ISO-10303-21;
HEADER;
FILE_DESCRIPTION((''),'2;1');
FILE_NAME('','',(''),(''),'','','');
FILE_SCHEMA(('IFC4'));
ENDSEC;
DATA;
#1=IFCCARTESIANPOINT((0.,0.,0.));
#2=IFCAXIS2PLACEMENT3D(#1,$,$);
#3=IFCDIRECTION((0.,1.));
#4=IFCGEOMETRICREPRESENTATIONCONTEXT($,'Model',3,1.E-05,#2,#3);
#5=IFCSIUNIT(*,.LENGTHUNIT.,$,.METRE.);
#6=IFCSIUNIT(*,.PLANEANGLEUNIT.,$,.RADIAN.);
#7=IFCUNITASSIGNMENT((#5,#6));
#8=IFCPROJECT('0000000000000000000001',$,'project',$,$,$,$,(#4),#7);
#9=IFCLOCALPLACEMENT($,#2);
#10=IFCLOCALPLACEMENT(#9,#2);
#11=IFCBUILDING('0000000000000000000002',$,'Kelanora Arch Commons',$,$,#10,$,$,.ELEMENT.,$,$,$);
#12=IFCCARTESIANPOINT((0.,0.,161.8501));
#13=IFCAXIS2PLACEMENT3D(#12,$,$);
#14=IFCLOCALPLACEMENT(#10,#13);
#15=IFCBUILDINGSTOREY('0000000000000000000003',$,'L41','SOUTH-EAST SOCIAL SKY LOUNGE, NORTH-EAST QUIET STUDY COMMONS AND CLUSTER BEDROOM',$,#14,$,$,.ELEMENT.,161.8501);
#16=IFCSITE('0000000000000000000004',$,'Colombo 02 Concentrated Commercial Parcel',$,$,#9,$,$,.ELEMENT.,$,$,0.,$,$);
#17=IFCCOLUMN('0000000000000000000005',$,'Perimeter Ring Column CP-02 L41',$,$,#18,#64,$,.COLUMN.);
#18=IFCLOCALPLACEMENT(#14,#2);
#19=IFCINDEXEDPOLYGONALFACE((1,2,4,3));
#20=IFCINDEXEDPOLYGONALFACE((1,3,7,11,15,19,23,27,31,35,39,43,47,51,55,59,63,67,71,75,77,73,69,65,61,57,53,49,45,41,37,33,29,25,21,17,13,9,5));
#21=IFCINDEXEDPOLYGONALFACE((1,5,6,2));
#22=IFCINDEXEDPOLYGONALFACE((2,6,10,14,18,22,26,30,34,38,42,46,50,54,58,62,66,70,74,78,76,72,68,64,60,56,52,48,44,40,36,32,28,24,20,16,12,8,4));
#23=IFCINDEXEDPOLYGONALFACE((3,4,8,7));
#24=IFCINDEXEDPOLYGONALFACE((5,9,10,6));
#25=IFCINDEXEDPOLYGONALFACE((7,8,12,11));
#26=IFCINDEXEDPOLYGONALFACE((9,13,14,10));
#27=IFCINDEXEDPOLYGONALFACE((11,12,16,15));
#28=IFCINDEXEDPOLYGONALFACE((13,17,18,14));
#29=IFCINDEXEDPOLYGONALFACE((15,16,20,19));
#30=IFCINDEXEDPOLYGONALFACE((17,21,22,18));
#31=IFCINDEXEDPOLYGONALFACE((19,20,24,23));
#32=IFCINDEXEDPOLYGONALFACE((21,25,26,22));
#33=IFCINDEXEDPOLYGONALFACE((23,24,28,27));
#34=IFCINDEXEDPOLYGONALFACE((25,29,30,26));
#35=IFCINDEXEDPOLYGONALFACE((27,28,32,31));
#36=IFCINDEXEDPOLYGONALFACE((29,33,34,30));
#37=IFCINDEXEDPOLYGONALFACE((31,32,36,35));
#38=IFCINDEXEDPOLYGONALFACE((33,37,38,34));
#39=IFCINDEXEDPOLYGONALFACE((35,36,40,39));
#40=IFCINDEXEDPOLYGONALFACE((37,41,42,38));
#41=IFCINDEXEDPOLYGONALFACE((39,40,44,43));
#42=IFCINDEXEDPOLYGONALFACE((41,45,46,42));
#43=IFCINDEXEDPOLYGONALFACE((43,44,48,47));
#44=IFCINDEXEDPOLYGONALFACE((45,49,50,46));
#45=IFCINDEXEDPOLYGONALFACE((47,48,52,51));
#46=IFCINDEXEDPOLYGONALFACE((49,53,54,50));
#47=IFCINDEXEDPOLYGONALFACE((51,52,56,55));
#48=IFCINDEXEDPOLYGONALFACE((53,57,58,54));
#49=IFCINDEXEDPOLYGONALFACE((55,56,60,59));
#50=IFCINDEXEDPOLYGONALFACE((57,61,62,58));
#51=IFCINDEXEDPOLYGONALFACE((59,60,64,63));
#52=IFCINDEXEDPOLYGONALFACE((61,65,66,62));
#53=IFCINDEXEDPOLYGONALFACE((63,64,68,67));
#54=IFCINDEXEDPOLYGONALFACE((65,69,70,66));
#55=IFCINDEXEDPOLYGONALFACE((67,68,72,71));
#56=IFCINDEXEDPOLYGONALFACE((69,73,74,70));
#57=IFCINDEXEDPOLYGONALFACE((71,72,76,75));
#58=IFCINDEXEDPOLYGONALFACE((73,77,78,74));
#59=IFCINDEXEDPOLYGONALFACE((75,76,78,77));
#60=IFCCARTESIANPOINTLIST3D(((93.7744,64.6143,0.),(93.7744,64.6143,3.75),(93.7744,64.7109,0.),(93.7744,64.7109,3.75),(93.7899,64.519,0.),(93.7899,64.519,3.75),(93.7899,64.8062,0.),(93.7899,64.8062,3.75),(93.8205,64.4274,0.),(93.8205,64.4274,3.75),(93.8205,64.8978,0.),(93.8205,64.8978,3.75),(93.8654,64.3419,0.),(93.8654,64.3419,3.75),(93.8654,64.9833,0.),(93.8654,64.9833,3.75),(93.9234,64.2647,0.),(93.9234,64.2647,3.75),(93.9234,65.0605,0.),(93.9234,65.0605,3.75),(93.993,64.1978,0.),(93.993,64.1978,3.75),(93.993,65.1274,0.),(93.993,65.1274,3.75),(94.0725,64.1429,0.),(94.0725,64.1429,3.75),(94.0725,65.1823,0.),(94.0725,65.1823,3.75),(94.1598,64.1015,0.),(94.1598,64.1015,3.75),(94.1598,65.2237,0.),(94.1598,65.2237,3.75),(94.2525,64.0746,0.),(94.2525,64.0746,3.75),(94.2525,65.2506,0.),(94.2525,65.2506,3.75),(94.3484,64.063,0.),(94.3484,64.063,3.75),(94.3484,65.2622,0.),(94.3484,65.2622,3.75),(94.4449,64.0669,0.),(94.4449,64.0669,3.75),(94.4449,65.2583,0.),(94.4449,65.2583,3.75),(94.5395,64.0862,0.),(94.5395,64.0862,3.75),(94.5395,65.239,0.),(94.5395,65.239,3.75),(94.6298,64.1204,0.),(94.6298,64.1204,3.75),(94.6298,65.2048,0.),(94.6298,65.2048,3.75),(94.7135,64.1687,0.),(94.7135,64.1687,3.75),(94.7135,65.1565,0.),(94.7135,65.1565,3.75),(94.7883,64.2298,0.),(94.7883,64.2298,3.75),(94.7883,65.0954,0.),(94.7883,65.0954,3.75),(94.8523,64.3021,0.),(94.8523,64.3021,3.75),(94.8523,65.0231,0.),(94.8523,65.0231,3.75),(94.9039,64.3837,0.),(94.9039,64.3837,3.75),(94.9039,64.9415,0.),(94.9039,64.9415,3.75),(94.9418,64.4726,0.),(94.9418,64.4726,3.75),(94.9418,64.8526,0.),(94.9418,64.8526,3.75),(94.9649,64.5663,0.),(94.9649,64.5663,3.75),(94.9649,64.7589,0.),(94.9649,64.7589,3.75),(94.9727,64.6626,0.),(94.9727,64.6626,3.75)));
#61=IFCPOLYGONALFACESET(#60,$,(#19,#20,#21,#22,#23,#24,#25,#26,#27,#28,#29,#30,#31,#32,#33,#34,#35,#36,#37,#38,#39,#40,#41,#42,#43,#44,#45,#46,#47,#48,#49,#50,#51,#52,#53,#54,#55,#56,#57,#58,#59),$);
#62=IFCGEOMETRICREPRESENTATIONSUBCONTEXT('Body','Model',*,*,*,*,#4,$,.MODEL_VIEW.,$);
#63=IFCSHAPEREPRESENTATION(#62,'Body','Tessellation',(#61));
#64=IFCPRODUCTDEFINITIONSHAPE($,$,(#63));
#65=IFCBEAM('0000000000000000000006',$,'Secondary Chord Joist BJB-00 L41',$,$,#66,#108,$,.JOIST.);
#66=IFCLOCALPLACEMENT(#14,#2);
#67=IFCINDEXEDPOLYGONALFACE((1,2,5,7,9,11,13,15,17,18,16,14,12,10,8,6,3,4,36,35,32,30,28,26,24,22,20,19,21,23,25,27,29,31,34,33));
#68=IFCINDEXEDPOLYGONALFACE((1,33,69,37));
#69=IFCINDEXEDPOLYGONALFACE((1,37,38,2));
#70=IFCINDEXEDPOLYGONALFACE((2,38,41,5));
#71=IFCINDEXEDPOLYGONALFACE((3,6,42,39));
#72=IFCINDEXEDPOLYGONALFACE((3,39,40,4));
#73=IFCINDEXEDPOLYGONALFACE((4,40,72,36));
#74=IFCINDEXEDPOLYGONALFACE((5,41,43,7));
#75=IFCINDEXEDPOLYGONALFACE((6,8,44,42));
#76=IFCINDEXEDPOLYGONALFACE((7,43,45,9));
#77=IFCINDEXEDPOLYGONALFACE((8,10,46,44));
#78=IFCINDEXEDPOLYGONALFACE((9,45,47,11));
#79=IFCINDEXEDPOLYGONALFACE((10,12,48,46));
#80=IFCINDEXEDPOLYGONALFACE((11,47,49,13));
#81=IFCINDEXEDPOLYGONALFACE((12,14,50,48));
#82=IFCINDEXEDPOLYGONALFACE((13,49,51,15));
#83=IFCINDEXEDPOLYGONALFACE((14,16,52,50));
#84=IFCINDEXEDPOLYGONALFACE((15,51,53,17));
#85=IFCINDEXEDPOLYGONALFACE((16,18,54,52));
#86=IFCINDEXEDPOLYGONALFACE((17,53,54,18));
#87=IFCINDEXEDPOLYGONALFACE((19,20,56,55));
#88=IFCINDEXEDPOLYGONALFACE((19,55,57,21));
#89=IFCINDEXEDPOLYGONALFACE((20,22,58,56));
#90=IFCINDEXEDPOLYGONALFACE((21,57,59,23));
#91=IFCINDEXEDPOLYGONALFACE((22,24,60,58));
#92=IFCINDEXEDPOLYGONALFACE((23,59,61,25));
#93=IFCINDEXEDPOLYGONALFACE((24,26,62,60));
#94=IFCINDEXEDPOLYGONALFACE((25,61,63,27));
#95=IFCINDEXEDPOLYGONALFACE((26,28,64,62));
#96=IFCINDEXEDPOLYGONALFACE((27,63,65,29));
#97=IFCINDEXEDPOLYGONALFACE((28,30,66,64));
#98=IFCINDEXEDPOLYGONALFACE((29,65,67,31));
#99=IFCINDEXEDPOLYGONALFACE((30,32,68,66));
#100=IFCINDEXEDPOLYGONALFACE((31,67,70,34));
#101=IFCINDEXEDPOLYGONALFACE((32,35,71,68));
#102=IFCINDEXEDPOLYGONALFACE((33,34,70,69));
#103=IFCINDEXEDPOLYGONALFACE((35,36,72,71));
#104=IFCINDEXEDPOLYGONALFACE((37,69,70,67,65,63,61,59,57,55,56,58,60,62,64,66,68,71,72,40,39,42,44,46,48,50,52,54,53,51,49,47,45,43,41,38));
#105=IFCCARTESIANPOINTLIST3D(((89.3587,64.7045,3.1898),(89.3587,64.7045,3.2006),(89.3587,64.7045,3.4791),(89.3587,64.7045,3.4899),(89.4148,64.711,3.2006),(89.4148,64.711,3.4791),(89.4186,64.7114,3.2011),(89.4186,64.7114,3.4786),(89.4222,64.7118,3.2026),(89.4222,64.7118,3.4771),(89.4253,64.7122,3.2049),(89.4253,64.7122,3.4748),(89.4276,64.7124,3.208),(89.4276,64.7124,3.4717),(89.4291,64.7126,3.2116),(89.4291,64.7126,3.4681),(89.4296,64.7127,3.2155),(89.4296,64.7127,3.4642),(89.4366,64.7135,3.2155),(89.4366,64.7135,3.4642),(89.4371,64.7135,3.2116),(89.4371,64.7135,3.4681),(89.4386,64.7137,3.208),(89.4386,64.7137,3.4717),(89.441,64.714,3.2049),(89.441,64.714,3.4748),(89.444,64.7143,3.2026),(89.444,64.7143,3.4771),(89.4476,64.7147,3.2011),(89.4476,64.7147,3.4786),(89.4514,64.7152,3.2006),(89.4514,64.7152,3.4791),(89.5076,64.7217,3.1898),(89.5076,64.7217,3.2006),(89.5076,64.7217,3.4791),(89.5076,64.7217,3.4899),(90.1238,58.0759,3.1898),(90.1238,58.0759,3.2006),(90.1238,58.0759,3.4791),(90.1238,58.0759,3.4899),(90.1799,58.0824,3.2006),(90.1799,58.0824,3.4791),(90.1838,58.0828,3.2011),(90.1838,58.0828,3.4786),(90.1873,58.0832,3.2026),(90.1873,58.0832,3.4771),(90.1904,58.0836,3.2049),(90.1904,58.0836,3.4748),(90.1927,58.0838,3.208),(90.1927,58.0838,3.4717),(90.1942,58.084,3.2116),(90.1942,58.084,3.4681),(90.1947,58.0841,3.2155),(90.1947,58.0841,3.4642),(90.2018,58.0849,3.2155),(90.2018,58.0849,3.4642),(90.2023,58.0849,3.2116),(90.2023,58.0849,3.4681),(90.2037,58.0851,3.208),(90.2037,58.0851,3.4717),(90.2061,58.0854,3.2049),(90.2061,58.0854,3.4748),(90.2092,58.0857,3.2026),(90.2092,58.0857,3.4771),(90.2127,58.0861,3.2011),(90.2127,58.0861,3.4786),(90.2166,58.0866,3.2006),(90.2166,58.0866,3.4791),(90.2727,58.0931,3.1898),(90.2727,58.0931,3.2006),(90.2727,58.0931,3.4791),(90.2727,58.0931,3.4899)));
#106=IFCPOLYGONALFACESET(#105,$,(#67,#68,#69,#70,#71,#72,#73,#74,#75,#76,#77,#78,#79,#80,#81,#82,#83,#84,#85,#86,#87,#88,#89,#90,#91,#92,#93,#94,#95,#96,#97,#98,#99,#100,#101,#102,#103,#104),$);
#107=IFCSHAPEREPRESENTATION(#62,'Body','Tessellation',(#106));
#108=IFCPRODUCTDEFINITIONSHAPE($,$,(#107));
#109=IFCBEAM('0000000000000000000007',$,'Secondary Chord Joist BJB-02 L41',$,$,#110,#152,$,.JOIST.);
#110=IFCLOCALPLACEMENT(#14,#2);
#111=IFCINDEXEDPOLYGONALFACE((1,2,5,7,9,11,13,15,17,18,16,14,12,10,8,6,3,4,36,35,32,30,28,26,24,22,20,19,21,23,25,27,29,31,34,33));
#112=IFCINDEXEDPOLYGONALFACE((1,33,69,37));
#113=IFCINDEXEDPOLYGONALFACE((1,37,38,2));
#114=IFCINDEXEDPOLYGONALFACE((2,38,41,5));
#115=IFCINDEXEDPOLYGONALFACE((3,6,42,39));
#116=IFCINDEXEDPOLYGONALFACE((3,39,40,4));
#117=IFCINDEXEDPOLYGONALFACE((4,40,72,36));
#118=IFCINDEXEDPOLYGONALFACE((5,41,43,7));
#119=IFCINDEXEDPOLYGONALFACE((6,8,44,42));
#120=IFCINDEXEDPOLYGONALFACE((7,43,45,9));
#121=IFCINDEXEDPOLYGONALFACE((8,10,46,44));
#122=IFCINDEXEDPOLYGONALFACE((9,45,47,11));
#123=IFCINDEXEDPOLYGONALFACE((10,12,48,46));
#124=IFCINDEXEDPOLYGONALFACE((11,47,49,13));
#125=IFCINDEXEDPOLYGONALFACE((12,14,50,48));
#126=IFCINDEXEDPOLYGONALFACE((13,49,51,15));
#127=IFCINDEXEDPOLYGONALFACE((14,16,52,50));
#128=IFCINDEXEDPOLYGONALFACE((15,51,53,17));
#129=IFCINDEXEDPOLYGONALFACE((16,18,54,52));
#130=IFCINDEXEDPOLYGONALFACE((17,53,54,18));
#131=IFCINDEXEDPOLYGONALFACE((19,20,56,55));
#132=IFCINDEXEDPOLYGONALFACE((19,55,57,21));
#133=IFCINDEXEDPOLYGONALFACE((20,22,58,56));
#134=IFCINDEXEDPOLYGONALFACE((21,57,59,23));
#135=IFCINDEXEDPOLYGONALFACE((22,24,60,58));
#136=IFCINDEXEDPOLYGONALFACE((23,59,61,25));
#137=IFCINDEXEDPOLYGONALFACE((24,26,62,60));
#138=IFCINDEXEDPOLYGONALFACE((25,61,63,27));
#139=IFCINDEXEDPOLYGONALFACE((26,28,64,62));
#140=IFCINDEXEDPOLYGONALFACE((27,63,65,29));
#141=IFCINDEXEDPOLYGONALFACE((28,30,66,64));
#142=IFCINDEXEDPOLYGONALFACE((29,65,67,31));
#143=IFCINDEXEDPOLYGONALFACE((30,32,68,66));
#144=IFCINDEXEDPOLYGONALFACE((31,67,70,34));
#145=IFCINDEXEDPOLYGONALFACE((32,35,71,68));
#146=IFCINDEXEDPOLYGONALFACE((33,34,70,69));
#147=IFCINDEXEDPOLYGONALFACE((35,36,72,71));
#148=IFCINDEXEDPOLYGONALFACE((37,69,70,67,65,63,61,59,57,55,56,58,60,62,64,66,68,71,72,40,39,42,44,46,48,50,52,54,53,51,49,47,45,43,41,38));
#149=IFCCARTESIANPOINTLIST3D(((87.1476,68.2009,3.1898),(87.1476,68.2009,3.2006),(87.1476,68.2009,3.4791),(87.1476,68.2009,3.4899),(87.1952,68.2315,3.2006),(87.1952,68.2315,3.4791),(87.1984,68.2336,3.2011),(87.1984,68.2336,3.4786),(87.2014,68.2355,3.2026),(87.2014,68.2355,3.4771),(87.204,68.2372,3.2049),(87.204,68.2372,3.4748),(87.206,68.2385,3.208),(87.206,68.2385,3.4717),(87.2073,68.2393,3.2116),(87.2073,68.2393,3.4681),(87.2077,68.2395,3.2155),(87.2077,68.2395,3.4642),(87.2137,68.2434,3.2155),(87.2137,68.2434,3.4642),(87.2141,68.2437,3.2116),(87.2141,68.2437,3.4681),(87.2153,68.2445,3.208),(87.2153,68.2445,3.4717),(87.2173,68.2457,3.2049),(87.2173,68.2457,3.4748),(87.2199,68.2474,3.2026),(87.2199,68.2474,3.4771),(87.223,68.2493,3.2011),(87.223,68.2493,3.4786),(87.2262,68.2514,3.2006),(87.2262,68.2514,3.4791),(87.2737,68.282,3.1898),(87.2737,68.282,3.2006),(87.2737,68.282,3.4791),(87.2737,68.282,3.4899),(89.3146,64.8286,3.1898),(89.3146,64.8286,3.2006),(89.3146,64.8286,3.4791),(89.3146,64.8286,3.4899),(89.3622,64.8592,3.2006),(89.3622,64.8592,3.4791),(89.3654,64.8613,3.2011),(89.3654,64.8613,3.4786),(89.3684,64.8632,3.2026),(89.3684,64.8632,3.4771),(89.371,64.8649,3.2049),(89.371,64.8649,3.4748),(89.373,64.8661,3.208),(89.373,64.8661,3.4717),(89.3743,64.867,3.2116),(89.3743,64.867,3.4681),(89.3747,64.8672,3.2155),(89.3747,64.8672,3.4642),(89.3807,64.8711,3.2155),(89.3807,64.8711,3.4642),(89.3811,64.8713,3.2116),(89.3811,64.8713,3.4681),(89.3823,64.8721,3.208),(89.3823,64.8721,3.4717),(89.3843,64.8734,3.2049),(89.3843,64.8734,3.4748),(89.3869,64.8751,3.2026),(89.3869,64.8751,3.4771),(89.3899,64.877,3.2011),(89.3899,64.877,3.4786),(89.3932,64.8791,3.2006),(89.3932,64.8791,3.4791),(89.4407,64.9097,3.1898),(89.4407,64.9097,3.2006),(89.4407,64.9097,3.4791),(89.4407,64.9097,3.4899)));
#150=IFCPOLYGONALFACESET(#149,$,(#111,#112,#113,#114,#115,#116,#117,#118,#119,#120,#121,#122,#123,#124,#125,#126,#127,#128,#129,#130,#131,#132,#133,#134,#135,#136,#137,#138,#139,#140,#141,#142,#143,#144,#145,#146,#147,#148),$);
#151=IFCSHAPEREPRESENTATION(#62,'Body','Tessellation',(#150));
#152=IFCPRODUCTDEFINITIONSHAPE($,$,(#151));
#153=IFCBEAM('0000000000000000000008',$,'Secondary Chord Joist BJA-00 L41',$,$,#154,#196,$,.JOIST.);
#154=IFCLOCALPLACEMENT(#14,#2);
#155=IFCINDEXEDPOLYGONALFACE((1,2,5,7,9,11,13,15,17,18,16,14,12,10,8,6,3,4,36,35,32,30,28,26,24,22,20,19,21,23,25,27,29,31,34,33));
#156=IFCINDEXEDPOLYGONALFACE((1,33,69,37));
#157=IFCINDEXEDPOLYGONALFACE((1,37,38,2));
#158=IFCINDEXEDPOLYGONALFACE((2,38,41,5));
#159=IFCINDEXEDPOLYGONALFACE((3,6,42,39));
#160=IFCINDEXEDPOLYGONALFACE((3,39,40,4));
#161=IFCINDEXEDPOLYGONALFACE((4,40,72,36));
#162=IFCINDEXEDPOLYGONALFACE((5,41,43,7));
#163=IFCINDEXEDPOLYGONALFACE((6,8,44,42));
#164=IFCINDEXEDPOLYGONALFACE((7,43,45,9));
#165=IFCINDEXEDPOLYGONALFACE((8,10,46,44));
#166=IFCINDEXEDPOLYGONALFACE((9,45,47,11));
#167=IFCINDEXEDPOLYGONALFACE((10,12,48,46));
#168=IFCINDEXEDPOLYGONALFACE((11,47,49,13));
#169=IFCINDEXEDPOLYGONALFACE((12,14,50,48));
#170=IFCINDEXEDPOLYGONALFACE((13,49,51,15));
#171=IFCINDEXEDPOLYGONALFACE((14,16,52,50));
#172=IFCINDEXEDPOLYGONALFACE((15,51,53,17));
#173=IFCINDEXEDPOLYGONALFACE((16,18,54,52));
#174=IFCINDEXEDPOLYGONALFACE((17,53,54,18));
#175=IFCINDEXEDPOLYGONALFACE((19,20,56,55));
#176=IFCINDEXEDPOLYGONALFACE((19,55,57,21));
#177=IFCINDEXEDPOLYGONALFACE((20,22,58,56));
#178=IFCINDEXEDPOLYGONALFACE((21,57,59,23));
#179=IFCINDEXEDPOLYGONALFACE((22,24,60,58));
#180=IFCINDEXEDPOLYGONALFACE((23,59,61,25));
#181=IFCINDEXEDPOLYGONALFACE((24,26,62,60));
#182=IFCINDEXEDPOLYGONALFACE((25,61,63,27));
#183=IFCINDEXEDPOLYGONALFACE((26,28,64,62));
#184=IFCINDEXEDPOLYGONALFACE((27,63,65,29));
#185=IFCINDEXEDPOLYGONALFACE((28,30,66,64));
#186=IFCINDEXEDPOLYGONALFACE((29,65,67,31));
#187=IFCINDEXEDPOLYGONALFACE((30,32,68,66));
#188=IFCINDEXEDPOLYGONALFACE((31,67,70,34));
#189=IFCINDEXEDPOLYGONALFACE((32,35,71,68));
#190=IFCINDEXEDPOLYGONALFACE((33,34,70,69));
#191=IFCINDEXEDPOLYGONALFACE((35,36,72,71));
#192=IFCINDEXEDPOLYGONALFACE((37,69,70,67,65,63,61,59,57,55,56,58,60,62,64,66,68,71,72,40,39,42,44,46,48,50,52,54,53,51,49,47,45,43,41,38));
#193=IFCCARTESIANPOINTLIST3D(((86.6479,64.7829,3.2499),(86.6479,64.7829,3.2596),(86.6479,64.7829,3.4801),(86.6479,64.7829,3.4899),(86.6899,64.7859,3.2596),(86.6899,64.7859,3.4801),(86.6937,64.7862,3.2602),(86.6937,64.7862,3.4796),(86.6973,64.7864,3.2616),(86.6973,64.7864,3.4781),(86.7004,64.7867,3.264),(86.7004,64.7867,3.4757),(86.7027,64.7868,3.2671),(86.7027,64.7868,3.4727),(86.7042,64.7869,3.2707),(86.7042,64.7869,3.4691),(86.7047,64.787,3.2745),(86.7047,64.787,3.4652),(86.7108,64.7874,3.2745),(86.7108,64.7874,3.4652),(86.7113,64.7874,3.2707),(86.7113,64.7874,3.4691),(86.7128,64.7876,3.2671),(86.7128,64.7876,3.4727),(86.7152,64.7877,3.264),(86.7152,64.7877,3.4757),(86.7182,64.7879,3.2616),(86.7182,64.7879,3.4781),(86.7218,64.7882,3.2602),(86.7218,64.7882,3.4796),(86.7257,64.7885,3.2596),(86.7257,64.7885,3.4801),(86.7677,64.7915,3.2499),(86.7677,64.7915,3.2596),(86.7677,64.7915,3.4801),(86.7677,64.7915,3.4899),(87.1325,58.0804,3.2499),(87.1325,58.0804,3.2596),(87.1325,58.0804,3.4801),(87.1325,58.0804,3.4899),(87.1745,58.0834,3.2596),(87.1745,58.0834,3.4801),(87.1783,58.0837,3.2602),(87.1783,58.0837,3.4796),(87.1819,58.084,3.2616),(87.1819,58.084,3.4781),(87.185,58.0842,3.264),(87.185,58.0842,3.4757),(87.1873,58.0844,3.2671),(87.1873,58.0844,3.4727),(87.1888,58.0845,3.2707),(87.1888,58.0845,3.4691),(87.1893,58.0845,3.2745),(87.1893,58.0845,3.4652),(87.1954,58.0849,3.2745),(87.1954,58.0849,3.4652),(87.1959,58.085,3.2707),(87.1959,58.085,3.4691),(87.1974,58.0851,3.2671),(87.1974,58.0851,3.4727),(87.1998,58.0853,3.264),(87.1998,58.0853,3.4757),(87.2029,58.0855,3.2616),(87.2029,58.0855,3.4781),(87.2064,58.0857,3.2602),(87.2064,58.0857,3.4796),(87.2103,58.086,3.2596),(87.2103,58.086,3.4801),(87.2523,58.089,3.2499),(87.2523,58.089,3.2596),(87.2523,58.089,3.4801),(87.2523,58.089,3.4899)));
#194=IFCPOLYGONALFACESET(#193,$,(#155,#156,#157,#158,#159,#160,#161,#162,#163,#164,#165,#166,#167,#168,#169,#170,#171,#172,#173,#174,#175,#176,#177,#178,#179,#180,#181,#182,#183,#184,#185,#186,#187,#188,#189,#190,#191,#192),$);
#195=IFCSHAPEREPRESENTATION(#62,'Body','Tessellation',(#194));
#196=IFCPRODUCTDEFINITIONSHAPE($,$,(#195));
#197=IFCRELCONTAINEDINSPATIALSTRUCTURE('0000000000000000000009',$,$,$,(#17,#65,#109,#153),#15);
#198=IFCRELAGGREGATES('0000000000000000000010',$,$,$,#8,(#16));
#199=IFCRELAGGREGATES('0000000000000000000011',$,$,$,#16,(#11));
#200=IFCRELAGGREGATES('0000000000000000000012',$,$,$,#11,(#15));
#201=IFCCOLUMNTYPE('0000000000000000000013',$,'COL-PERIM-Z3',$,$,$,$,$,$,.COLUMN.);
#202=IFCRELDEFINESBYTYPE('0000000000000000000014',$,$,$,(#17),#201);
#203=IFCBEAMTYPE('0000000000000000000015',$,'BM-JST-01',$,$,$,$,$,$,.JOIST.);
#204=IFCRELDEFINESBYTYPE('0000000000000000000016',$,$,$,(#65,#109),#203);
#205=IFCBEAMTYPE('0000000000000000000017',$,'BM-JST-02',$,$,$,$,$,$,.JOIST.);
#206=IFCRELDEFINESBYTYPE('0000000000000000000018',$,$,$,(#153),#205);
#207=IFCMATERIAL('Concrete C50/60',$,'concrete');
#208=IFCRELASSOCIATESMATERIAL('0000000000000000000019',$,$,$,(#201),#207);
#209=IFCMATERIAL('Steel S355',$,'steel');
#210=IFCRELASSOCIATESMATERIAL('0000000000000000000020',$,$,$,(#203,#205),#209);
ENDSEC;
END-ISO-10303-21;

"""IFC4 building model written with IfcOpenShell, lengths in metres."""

from ifc_helpers import new_model, si_unit, direction, frame, origin, origin_2d, place, context, subcontext, project, spatial, circle, i_section, extrude, material, material_profile, profile_set, type_object, element, save


model = new_model("IFC4")

# Units and contexts
model_context = context("Model", 3, precision=1e-05, world=origin(), true_north=direction((0.0, 1.0)))
body_context = subcontext(model_context, "Body", "Model", "MODEL_VIEW")
ifc_project = project(units=[si_unit("LENGTHUNIT", "METRE"), si_unit("PLANEANGLEUNIT", "RADIAN")], contexts=[model_context])

# Site, building, storey
site_placement = place(None, origin())
site = spatial("IfcSite", under=ifc_project, at=site_placement, Name="Colombo 02 Concentrated Commercial Parcel", CompositionType="ELEMENT", RefElevation=0.0)
building_placement = place(site_placement, origin())
building = spatial("IfcBuilding", under=site, at=building_placement, Name="Kelanora Arch Commons", CompositionType="ELEMENT")
storey_placement = place(building_placement, frame((0.0, 0.0, 161.8501)))
storey = spatial("IfcBuildingStorey", under=building, at=storey_placement, Name="L41", Description="SOUTH-EAST SOCIAL SKY LOUNGE, NORTH-EAST QUIET STUDY COMMONS AND CLUSTER BEDROOM", CompositionType="ELEMENT", Elevation=161.8501)

# Column
ifc_material_1 = material(Name="Concrete C50/60", Category="concrete")
ifc_material_profile_1 = material_profile(ifc_material_1, circle(Radius=0.6001, at=origin_2d()), Name="RCC1200")
ifc_profile_set_1 = profile_set([ifc_material_profile_1], Name="Concrete C50/60")
column_type = type_object("IfcColumnType", Name="COL-PERIM-Z3", PredefinedType="COLUMN", material=ifc_profile_set_1)
column_placement = place(storey_placement, frame((94.3726, 64.6626, 0.0), z_axis=(0.0, 0.0, 1.0), x_axis=(1.0, 0.0, 0.0)))
element("IfcColumn", 1, at=column_placement, inside=storey, type_object=column_type, Name="Perimeter Ring Column CP-02 L41", PredefinedType="COLUMN", context=body_context, shape_type="SweptSolid", body=[
    extrude(circle(Radius=0.6001, at=origin_2d()), origin(), (0.0, 0.0, 1.0), 3.75),
])

# Beams
ifc_material_2 = material(Name="Steel S355", Category="steel")
ifc_material_profile_2 = material_profile(ifc_material_2, i_section(OverallWidth=0.1499, OverallDepth=0.3, WebThickness=0.0071, FlangeThickness=0.0107, FilletRadius=0.0149, at=origin_2d()), Name="IPE300")
ifc_profile_set_2 = profile_set([ifc_material_profile_2], Name="Steel S355")
beam_type_1 = type_object("IfcBeamType", Name="BM-JST-01", PredefinedType="JOIST", material=ifc_profile_set_2)
beam_1_placement = place(storey_placement, frame((90.1982, 58.0845, 3.3398), z_axis=(-0.114667, 0.993404, 0.0), x_axis=(-0.993404, -0.114667, 0.0)))
element("IfcBeam", 2, at=beam_1_placement, inside=storey, type_object=beam_type_1, Name="Secondary Chord Joist BJB-00 L41", PredefinedType="JOIST", context=body_context, shape_type="SweptSolid", body=[
    extrude(i_section(OverallWidth=0.1499, OverallDepth=0.3, WebThickness=0.0071, FlangeThickness=0.0107, FilletRadius=0.0149, at=origin_2d()), origin(), (0.0, 0.0, 1.0), 6.6726),
])
beam_2_placement = place(storey_placement, frame((89.3777, 64.8691, 3.3398), z_axis=(-0.540594, 0.841283, 0.0), x_axis=(-0.841283, -0.540594, 0.0)))
element("IfcBeam", 3, at=beam_2_placement, inside=storey, type_object=beam_type_1, Name="Secondary Chord Joist BJB-02 L41", PredefinedType="JOIST", context=body_context, shape_type="SweptSolid", body=[
    extrude(i_section(OverallWidth=0.1499, OverallDepth=0.3, WebThickness=0.0071, FlangeThickness=0.0107, FilletRadius=0.0149, at=origin_2d()), origin(), (0.0, 0.0, 1.0), 4.0085),
])
ifc_material_profile_3 = material_profile(ifc_material_2, i_section(OverallWidth=0.1201, OverallDepth=0.24, WebThickness=0.0061, FlangeThickness=0.0098, FilletRadius=0.0149, at=origin_2d()), Name="IPE240")
ifc_profile_set_3 = profile_set([ifc_material_profile_3], Name="Steel S355")
beam_type_2 = type_object("IfcBeamType", Name="BM-JST-02", PredefinedType="JOIST", material=ifc_profile_set_3)
beam_3_placement = place(storey_placement, frame((87.1924, 58.0847, 3.3699), z_axis=(-0.072117, 0.997396, 0.0), x_axis=(-0.997396, -0.072117, 0.0)))
element("IfcBeam", 4, at=beam_3_placement, inside=storey, type_object=beam_type_2, Name="Secondary Chord Joist BJA-00 L41", PredefinedType="JOIST", context=body_context, shape_type="SweptSolid", body=[
    extrude(i_section(OverallWidth=0.1201, OverallDepth=0.24, WebThickness=0.0061, FlangeThickness=0.0098, FilletRadius=0.0149, at=origin_2d()), origin(), (0.0, 0.0, 1.0), 6.72),
])

save(model, "model.ifc")
